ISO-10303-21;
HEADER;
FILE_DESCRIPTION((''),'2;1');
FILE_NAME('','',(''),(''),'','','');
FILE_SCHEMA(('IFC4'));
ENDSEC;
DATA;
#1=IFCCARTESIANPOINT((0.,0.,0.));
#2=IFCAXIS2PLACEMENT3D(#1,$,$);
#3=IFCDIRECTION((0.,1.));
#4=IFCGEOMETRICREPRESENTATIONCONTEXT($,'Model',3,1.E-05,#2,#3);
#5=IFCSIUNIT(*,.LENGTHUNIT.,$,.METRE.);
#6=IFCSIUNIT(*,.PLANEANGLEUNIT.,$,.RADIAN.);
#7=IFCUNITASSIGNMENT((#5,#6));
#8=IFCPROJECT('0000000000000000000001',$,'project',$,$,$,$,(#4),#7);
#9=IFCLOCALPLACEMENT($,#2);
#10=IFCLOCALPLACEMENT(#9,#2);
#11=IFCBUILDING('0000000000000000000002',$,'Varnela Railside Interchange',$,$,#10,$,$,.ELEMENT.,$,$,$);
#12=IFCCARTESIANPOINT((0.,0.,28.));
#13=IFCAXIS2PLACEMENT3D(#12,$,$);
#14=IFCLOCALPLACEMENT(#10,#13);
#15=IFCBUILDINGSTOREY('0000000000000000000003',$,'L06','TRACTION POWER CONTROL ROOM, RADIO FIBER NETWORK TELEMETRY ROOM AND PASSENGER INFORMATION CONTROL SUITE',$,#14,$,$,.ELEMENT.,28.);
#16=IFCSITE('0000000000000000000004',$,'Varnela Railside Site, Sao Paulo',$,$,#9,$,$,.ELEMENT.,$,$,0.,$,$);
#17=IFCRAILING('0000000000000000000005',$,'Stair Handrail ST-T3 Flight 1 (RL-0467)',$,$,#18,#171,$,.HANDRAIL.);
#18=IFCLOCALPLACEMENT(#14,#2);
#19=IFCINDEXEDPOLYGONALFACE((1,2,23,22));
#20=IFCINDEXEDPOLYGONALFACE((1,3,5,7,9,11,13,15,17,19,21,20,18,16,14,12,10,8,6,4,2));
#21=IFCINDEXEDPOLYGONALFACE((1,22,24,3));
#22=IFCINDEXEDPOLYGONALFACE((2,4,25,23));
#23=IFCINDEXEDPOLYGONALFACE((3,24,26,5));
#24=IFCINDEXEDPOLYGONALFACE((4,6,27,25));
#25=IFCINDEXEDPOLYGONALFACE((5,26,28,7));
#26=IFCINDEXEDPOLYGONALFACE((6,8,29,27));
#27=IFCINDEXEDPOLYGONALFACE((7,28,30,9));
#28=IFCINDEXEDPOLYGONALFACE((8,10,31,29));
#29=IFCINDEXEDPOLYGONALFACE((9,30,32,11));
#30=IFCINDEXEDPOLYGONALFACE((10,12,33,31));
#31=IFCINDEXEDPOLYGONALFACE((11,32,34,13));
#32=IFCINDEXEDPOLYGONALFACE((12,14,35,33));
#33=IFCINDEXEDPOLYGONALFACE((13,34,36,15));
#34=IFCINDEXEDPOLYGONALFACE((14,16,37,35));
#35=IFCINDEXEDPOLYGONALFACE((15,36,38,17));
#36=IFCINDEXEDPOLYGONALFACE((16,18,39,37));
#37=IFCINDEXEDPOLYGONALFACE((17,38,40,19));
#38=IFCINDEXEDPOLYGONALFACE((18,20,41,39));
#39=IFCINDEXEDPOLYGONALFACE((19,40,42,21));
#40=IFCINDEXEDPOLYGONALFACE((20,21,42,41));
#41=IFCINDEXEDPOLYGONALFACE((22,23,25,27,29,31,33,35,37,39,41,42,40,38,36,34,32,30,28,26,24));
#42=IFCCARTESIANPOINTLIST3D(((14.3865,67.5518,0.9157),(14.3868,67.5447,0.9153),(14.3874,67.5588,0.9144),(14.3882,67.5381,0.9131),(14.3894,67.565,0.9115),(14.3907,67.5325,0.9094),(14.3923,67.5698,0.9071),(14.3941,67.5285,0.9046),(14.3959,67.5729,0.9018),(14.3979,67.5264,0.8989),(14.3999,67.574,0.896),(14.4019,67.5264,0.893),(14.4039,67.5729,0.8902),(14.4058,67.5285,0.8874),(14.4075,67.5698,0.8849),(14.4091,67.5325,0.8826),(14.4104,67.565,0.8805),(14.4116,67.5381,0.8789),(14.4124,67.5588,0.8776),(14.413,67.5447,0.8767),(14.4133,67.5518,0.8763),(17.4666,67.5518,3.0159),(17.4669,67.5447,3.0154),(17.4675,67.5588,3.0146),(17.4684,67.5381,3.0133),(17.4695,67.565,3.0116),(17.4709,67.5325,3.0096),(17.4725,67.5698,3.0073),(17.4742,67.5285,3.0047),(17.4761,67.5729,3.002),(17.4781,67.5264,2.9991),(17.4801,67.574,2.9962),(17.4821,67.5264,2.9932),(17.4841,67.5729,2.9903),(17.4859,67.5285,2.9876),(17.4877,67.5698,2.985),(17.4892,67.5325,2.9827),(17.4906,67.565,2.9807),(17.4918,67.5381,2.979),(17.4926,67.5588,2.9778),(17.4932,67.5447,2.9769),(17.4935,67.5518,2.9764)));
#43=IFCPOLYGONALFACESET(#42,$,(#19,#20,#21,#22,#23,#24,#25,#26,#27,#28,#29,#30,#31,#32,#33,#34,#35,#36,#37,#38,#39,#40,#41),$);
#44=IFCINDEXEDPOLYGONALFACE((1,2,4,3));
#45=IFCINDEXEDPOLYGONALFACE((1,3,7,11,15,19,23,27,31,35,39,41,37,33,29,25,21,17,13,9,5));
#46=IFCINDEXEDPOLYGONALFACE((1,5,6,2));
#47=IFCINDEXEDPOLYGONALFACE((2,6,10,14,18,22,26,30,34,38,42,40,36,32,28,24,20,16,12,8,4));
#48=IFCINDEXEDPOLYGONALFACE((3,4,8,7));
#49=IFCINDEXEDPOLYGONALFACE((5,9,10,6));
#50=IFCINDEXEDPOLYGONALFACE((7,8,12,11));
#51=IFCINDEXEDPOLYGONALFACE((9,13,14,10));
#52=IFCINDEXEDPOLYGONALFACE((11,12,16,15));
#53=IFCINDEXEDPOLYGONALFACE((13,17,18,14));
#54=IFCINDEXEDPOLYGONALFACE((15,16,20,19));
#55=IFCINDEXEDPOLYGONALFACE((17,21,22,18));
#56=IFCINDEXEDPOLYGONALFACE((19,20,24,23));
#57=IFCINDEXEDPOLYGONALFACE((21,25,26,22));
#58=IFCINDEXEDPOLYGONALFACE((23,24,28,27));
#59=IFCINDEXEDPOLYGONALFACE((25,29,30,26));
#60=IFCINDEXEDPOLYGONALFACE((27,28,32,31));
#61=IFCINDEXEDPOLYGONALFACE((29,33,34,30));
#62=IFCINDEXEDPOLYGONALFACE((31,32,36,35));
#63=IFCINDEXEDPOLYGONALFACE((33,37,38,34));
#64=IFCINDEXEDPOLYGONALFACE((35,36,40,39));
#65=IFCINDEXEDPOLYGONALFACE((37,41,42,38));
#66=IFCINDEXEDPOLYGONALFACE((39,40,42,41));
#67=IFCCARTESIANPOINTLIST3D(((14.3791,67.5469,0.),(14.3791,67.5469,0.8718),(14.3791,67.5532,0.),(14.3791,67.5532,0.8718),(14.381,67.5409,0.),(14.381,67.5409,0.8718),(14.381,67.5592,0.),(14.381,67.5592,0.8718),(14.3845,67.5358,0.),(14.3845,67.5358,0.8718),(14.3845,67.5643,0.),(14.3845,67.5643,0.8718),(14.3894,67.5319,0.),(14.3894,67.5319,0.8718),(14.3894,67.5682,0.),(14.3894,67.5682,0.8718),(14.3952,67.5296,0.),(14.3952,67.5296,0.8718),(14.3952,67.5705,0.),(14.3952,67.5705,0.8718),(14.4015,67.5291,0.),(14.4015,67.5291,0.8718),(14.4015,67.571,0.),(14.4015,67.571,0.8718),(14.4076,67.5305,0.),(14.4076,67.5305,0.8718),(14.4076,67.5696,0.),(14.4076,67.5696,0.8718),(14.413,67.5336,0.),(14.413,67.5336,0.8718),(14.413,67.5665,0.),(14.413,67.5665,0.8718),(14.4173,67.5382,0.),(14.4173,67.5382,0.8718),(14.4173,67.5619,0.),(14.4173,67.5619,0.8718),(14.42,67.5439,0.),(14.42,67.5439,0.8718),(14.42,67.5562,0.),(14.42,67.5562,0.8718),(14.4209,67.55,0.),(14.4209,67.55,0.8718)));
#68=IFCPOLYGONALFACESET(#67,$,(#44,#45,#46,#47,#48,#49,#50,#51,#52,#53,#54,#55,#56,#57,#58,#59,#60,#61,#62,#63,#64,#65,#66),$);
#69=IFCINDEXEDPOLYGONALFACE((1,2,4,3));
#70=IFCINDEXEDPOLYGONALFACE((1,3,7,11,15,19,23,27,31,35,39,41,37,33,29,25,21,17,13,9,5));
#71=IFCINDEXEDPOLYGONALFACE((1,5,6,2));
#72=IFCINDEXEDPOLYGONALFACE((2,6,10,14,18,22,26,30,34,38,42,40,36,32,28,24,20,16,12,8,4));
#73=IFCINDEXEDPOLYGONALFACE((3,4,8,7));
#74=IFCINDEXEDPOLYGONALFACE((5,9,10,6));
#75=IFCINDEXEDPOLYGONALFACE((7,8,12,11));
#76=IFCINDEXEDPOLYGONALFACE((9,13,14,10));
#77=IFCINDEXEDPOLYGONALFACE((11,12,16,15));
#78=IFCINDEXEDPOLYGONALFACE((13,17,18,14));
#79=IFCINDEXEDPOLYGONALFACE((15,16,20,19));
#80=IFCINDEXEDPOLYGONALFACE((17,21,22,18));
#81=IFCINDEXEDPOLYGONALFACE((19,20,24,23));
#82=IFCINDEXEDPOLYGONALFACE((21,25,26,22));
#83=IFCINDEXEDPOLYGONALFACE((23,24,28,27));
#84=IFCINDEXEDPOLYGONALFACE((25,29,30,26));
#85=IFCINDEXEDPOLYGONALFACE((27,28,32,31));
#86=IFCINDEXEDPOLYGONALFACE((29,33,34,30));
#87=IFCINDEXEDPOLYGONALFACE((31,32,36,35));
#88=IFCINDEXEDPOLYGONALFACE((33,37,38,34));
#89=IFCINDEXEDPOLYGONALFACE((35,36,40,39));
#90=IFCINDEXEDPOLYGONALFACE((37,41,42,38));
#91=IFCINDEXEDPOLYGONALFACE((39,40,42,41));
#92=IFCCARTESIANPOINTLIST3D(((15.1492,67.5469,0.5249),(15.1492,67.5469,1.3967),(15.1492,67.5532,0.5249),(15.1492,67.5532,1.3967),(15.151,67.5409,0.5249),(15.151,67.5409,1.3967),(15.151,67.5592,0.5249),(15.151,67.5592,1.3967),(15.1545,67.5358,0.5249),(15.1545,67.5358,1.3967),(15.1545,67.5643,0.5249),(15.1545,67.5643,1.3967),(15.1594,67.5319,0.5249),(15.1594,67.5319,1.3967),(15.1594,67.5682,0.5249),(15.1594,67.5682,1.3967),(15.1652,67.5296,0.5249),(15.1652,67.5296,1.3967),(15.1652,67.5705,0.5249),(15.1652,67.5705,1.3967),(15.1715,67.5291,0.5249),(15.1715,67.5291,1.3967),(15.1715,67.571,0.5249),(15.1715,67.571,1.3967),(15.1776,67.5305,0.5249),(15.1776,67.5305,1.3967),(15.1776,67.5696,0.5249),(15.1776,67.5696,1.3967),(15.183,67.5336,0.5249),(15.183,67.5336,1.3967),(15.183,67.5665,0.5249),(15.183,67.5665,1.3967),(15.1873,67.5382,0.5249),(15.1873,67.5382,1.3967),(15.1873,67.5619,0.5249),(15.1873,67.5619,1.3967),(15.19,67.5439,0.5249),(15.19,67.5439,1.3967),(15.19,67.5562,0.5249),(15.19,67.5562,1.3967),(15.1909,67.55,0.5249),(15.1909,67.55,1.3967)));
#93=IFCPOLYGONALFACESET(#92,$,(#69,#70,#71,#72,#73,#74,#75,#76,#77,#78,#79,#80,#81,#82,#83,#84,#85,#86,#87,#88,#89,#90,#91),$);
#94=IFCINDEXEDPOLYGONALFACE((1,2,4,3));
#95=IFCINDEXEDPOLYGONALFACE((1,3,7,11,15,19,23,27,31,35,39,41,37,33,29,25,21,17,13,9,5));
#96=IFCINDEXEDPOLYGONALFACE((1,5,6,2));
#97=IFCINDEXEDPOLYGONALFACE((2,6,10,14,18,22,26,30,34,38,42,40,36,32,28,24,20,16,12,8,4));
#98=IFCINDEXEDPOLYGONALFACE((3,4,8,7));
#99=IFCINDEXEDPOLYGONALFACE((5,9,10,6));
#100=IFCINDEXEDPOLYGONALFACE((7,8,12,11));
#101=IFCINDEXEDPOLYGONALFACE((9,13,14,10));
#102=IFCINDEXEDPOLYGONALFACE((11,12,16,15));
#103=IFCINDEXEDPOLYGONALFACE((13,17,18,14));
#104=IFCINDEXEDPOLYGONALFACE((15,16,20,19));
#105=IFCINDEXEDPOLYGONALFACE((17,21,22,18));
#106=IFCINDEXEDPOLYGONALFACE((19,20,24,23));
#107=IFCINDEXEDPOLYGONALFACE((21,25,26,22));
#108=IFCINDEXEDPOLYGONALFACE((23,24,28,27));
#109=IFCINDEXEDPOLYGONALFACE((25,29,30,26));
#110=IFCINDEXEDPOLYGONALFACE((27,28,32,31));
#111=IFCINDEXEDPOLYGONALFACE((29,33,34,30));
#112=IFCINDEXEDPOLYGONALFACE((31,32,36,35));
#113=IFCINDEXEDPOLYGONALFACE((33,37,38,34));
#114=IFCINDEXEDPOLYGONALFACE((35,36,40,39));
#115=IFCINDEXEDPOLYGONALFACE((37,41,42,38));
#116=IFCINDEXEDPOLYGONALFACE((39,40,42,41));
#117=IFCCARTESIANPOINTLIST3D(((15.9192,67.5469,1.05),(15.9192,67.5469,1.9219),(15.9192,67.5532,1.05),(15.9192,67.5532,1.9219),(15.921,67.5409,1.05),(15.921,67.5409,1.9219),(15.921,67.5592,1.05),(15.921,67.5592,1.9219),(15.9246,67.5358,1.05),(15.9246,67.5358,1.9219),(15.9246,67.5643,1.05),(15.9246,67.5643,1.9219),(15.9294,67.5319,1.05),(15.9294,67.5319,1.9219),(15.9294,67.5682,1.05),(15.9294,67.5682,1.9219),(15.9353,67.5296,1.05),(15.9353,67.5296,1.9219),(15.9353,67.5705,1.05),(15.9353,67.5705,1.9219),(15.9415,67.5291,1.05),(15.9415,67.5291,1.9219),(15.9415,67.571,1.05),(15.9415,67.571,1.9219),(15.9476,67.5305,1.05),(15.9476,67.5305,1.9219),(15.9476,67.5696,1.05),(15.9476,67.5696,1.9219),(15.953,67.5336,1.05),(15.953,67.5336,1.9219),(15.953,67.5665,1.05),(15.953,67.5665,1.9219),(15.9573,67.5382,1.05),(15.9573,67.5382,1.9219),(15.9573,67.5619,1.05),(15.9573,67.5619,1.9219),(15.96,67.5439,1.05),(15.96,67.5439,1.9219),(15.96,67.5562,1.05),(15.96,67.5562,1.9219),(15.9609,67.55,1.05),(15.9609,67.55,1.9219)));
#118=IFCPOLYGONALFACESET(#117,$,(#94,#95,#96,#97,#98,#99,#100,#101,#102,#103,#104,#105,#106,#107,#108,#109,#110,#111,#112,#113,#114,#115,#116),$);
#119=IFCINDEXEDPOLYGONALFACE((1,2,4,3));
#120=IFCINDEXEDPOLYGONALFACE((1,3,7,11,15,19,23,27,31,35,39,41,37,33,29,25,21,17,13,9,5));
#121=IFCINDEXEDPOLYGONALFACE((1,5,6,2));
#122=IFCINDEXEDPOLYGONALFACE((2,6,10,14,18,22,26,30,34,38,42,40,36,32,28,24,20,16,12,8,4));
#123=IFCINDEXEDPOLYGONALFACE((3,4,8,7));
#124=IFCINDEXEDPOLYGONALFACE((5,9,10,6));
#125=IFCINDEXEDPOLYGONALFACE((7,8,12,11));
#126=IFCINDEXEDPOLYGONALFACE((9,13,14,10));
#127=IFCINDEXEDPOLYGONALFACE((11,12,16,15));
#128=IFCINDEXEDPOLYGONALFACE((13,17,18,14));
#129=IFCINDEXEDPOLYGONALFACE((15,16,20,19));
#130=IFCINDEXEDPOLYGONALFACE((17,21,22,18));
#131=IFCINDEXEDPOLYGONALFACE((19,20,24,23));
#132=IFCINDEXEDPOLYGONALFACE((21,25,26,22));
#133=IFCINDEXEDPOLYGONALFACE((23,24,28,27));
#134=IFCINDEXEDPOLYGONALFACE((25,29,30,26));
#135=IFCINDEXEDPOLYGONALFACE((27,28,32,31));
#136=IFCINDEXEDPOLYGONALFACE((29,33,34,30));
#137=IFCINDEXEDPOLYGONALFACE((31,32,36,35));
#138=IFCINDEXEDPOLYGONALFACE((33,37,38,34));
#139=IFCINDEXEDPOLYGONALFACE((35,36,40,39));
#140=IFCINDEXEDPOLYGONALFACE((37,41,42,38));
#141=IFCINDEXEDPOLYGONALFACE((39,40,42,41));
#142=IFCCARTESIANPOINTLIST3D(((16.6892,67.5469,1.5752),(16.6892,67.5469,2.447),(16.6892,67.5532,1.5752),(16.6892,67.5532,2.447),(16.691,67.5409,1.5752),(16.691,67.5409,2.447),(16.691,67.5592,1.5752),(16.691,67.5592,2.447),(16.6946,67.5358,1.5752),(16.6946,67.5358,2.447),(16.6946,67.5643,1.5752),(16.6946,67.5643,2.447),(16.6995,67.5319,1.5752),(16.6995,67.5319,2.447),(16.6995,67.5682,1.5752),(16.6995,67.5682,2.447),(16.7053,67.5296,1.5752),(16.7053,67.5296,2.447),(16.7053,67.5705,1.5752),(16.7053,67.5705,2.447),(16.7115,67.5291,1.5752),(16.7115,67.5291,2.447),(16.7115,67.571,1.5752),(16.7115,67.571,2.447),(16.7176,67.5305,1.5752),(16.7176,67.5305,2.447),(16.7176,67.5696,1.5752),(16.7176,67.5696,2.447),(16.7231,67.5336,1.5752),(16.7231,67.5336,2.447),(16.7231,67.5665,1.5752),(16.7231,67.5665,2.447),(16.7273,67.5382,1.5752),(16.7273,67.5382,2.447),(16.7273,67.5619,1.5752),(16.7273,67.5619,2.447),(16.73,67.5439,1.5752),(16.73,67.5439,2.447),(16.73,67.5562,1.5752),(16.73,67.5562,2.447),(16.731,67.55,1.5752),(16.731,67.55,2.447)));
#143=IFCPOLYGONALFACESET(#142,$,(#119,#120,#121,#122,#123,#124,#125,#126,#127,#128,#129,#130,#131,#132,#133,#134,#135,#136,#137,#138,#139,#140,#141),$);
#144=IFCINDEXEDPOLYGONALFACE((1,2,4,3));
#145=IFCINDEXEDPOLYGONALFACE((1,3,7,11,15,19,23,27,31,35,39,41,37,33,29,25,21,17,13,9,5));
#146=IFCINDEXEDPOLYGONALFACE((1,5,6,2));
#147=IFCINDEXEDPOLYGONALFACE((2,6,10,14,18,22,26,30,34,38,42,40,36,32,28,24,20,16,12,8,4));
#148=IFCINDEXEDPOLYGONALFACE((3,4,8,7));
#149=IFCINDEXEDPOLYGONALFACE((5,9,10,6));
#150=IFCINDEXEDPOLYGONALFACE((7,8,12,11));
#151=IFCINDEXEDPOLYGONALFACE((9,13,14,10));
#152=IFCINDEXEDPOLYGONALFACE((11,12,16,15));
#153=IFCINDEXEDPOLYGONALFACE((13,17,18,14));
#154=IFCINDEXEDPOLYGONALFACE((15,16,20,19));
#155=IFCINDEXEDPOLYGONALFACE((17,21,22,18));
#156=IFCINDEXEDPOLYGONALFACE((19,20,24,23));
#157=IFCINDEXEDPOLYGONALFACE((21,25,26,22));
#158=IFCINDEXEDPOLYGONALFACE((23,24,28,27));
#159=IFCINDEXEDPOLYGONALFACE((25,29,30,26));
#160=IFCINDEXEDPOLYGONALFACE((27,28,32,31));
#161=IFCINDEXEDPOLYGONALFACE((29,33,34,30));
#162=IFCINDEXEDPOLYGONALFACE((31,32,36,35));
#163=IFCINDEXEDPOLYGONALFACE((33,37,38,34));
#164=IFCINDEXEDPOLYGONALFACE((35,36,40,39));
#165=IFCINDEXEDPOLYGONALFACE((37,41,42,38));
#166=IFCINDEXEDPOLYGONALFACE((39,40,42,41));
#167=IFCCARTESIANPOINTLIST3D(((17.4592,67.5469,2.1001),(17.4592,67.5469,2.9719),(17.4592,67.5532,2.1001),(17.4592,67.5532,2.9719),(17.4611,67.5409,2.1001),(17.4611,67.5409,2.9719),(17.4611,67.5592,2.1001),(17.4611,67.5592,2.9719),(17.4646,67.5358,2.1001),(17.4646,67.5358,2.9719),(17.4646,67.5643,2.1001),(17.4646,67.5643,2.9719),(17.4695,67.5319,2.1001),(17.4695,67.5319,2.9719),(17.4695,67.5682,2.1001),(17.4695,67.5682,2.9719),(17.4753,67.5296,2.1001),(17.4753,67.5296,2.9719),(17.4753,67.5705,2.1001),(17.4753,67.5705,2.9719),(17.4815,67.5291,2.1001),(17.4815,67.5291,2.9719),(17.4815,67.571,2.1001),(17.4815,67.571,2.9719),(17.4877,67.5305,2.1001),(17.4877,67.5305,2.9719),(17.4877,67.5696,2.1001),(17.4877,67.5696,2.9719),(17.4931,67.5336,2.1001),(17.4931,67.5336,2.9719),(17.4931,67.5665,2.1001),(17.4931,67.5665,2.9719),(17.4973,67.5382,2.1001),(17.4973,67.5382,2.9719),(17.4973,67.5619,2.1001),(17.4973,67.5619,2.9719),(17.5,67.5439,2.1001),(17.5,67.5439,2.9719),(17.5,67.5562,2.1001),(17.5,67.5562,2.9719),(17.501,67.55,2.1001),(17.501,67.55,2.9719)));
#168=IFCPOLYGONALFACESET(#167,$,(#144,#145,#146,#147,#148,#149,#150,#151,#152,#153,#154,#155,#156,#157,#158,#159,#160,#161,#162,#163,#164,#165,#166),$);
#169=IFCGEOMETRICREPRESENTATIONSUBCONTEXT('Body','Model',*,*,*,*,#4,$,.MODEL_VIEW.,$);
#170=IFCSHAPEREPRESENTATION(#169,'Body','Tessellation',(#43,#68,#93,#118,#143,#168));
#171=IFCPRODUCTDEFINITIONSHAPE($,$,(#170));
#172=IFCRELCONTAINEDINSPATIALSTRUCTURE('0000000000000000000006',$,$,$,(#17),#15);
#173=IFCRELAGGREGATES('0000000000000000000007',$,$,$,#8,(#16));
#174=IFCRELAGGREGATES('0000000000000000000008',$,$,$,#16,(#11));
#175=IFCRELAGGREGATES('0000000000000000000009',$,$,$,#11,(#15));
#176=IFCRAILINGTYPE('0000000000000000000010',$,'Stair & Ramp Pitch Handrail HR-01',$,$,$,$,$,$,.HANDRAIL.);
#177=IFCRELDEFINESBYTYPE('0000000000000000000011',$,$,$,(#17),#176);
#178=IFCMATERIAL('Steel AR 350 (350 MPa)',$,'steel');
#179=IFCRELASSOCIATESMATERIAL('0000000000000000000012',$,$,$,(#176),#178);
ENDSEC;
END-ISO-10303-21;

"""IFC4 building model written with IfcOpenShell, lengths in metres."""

from ifc_helpers import new_model, si_unit, direction, frame, origin, origin_2d, place, context, subcontext, project, spatial, circle, extrude, material, type_object, element, save


model = new_model("IFC4")

# Units and contexts
model_context = context("Model", 3, precision=1e-05, world=origin(), true_north=direction((0.0, 1.0)))
body_context = subcontext(model_context, "Body", "Model", "MODEL_VIEW")
ifc_project = project(units=[si_unit("LENGTHUNIT", "METRE"), si_unit("PLANEANGLEUNIT", "RADIAN")], contexts=[model_context])

# Site, building, storey
site_placement = place(None, origin())
site = spatial("IfcSite", under=ifc_project, at=site_placement, Name="Varnela Railside Site, Sao Paulo", CompositionType="ELEMENT", RefElevation=0.0)
building_placement = place(site_placement, origin())
building = spatial("IfcBuilding", under=site, at=building_placement, Name="Varnela Railside Interchange", CompositionType="ELEMENT")
storey_placement = place(building_placement, frame((0.0, 0.0, 28.0)))
storey = spatial("IfcBuildingStorey", under=building, at=storey_placement, Name="L06", Description="TRACTION POWER CONTROL ROOM, RADIO FIBER NETWORK TELEMETRY ROOM AND PASSENGER INFORMATION CONTROL SUITE", CompositionType="ELEMENT", Elevation=28.0)

# Shared definitions
ifc_material_1 = material(Name="Steel AR 350 (350 MPa)", Category="steel")

# Railing
railing_type_1 = type_object("IfcRailingType", Name="Stair & Ramp Pitch Handrail HR-01", PredefinedType="HANDRAIL", material=ifc_material_1)
railing_1_placement = place(storey_placement, frame((14.3999, 67.55, 0.0)))
element("IfcRailing", 1, at=railing_1_placement, inside=storey, type_object=railing_type_1, Name="Stair Handrail ST-T3 Flight 1 (RL-0467)", PredefinedType="HANDRAIL", context=body_context, shape_type="SweptSolid", body=[
    extrude(circle(Radius=0.0239, at=origin_2d()), frame((0.0, 0.0, 0.896), z_axis=(0.826222, 0.0, 0.563345), x_axis=(0.0, 1.0, 0.0)), (0.0, 0.0, 1.0), 3.728),
    extrude(circle(Radius=0.021, at=origin_2d()), origin(), (0.0, 0.0, 1.0), 0.8718),
    extrude(circle(Radius=0.021, at=origin_2d()), frame((0.77, 0.0, 0.5249)), (0.0, 0.0, 1.0), 0.8718),
    extrude(circle(Radius=0.021, at=origin_2d()), frame((1.54, 0.0, 1.05)), (0.0, 0.0, 1.0), 0.8718),
    extrude(circle(Radius=0.021, at=origin_2d()), frame((2.3101, 0.0, 1.5752)), (0.0, 0.0, 1.0), 0.8718),
    extrude(circle(Radius=0.021, at=origin_2d()), frame((3.0801, 0.0, 2.1001)), (0.0, 0.0, 1.0), 0.8718),
])

save(model, "model.ifc")
